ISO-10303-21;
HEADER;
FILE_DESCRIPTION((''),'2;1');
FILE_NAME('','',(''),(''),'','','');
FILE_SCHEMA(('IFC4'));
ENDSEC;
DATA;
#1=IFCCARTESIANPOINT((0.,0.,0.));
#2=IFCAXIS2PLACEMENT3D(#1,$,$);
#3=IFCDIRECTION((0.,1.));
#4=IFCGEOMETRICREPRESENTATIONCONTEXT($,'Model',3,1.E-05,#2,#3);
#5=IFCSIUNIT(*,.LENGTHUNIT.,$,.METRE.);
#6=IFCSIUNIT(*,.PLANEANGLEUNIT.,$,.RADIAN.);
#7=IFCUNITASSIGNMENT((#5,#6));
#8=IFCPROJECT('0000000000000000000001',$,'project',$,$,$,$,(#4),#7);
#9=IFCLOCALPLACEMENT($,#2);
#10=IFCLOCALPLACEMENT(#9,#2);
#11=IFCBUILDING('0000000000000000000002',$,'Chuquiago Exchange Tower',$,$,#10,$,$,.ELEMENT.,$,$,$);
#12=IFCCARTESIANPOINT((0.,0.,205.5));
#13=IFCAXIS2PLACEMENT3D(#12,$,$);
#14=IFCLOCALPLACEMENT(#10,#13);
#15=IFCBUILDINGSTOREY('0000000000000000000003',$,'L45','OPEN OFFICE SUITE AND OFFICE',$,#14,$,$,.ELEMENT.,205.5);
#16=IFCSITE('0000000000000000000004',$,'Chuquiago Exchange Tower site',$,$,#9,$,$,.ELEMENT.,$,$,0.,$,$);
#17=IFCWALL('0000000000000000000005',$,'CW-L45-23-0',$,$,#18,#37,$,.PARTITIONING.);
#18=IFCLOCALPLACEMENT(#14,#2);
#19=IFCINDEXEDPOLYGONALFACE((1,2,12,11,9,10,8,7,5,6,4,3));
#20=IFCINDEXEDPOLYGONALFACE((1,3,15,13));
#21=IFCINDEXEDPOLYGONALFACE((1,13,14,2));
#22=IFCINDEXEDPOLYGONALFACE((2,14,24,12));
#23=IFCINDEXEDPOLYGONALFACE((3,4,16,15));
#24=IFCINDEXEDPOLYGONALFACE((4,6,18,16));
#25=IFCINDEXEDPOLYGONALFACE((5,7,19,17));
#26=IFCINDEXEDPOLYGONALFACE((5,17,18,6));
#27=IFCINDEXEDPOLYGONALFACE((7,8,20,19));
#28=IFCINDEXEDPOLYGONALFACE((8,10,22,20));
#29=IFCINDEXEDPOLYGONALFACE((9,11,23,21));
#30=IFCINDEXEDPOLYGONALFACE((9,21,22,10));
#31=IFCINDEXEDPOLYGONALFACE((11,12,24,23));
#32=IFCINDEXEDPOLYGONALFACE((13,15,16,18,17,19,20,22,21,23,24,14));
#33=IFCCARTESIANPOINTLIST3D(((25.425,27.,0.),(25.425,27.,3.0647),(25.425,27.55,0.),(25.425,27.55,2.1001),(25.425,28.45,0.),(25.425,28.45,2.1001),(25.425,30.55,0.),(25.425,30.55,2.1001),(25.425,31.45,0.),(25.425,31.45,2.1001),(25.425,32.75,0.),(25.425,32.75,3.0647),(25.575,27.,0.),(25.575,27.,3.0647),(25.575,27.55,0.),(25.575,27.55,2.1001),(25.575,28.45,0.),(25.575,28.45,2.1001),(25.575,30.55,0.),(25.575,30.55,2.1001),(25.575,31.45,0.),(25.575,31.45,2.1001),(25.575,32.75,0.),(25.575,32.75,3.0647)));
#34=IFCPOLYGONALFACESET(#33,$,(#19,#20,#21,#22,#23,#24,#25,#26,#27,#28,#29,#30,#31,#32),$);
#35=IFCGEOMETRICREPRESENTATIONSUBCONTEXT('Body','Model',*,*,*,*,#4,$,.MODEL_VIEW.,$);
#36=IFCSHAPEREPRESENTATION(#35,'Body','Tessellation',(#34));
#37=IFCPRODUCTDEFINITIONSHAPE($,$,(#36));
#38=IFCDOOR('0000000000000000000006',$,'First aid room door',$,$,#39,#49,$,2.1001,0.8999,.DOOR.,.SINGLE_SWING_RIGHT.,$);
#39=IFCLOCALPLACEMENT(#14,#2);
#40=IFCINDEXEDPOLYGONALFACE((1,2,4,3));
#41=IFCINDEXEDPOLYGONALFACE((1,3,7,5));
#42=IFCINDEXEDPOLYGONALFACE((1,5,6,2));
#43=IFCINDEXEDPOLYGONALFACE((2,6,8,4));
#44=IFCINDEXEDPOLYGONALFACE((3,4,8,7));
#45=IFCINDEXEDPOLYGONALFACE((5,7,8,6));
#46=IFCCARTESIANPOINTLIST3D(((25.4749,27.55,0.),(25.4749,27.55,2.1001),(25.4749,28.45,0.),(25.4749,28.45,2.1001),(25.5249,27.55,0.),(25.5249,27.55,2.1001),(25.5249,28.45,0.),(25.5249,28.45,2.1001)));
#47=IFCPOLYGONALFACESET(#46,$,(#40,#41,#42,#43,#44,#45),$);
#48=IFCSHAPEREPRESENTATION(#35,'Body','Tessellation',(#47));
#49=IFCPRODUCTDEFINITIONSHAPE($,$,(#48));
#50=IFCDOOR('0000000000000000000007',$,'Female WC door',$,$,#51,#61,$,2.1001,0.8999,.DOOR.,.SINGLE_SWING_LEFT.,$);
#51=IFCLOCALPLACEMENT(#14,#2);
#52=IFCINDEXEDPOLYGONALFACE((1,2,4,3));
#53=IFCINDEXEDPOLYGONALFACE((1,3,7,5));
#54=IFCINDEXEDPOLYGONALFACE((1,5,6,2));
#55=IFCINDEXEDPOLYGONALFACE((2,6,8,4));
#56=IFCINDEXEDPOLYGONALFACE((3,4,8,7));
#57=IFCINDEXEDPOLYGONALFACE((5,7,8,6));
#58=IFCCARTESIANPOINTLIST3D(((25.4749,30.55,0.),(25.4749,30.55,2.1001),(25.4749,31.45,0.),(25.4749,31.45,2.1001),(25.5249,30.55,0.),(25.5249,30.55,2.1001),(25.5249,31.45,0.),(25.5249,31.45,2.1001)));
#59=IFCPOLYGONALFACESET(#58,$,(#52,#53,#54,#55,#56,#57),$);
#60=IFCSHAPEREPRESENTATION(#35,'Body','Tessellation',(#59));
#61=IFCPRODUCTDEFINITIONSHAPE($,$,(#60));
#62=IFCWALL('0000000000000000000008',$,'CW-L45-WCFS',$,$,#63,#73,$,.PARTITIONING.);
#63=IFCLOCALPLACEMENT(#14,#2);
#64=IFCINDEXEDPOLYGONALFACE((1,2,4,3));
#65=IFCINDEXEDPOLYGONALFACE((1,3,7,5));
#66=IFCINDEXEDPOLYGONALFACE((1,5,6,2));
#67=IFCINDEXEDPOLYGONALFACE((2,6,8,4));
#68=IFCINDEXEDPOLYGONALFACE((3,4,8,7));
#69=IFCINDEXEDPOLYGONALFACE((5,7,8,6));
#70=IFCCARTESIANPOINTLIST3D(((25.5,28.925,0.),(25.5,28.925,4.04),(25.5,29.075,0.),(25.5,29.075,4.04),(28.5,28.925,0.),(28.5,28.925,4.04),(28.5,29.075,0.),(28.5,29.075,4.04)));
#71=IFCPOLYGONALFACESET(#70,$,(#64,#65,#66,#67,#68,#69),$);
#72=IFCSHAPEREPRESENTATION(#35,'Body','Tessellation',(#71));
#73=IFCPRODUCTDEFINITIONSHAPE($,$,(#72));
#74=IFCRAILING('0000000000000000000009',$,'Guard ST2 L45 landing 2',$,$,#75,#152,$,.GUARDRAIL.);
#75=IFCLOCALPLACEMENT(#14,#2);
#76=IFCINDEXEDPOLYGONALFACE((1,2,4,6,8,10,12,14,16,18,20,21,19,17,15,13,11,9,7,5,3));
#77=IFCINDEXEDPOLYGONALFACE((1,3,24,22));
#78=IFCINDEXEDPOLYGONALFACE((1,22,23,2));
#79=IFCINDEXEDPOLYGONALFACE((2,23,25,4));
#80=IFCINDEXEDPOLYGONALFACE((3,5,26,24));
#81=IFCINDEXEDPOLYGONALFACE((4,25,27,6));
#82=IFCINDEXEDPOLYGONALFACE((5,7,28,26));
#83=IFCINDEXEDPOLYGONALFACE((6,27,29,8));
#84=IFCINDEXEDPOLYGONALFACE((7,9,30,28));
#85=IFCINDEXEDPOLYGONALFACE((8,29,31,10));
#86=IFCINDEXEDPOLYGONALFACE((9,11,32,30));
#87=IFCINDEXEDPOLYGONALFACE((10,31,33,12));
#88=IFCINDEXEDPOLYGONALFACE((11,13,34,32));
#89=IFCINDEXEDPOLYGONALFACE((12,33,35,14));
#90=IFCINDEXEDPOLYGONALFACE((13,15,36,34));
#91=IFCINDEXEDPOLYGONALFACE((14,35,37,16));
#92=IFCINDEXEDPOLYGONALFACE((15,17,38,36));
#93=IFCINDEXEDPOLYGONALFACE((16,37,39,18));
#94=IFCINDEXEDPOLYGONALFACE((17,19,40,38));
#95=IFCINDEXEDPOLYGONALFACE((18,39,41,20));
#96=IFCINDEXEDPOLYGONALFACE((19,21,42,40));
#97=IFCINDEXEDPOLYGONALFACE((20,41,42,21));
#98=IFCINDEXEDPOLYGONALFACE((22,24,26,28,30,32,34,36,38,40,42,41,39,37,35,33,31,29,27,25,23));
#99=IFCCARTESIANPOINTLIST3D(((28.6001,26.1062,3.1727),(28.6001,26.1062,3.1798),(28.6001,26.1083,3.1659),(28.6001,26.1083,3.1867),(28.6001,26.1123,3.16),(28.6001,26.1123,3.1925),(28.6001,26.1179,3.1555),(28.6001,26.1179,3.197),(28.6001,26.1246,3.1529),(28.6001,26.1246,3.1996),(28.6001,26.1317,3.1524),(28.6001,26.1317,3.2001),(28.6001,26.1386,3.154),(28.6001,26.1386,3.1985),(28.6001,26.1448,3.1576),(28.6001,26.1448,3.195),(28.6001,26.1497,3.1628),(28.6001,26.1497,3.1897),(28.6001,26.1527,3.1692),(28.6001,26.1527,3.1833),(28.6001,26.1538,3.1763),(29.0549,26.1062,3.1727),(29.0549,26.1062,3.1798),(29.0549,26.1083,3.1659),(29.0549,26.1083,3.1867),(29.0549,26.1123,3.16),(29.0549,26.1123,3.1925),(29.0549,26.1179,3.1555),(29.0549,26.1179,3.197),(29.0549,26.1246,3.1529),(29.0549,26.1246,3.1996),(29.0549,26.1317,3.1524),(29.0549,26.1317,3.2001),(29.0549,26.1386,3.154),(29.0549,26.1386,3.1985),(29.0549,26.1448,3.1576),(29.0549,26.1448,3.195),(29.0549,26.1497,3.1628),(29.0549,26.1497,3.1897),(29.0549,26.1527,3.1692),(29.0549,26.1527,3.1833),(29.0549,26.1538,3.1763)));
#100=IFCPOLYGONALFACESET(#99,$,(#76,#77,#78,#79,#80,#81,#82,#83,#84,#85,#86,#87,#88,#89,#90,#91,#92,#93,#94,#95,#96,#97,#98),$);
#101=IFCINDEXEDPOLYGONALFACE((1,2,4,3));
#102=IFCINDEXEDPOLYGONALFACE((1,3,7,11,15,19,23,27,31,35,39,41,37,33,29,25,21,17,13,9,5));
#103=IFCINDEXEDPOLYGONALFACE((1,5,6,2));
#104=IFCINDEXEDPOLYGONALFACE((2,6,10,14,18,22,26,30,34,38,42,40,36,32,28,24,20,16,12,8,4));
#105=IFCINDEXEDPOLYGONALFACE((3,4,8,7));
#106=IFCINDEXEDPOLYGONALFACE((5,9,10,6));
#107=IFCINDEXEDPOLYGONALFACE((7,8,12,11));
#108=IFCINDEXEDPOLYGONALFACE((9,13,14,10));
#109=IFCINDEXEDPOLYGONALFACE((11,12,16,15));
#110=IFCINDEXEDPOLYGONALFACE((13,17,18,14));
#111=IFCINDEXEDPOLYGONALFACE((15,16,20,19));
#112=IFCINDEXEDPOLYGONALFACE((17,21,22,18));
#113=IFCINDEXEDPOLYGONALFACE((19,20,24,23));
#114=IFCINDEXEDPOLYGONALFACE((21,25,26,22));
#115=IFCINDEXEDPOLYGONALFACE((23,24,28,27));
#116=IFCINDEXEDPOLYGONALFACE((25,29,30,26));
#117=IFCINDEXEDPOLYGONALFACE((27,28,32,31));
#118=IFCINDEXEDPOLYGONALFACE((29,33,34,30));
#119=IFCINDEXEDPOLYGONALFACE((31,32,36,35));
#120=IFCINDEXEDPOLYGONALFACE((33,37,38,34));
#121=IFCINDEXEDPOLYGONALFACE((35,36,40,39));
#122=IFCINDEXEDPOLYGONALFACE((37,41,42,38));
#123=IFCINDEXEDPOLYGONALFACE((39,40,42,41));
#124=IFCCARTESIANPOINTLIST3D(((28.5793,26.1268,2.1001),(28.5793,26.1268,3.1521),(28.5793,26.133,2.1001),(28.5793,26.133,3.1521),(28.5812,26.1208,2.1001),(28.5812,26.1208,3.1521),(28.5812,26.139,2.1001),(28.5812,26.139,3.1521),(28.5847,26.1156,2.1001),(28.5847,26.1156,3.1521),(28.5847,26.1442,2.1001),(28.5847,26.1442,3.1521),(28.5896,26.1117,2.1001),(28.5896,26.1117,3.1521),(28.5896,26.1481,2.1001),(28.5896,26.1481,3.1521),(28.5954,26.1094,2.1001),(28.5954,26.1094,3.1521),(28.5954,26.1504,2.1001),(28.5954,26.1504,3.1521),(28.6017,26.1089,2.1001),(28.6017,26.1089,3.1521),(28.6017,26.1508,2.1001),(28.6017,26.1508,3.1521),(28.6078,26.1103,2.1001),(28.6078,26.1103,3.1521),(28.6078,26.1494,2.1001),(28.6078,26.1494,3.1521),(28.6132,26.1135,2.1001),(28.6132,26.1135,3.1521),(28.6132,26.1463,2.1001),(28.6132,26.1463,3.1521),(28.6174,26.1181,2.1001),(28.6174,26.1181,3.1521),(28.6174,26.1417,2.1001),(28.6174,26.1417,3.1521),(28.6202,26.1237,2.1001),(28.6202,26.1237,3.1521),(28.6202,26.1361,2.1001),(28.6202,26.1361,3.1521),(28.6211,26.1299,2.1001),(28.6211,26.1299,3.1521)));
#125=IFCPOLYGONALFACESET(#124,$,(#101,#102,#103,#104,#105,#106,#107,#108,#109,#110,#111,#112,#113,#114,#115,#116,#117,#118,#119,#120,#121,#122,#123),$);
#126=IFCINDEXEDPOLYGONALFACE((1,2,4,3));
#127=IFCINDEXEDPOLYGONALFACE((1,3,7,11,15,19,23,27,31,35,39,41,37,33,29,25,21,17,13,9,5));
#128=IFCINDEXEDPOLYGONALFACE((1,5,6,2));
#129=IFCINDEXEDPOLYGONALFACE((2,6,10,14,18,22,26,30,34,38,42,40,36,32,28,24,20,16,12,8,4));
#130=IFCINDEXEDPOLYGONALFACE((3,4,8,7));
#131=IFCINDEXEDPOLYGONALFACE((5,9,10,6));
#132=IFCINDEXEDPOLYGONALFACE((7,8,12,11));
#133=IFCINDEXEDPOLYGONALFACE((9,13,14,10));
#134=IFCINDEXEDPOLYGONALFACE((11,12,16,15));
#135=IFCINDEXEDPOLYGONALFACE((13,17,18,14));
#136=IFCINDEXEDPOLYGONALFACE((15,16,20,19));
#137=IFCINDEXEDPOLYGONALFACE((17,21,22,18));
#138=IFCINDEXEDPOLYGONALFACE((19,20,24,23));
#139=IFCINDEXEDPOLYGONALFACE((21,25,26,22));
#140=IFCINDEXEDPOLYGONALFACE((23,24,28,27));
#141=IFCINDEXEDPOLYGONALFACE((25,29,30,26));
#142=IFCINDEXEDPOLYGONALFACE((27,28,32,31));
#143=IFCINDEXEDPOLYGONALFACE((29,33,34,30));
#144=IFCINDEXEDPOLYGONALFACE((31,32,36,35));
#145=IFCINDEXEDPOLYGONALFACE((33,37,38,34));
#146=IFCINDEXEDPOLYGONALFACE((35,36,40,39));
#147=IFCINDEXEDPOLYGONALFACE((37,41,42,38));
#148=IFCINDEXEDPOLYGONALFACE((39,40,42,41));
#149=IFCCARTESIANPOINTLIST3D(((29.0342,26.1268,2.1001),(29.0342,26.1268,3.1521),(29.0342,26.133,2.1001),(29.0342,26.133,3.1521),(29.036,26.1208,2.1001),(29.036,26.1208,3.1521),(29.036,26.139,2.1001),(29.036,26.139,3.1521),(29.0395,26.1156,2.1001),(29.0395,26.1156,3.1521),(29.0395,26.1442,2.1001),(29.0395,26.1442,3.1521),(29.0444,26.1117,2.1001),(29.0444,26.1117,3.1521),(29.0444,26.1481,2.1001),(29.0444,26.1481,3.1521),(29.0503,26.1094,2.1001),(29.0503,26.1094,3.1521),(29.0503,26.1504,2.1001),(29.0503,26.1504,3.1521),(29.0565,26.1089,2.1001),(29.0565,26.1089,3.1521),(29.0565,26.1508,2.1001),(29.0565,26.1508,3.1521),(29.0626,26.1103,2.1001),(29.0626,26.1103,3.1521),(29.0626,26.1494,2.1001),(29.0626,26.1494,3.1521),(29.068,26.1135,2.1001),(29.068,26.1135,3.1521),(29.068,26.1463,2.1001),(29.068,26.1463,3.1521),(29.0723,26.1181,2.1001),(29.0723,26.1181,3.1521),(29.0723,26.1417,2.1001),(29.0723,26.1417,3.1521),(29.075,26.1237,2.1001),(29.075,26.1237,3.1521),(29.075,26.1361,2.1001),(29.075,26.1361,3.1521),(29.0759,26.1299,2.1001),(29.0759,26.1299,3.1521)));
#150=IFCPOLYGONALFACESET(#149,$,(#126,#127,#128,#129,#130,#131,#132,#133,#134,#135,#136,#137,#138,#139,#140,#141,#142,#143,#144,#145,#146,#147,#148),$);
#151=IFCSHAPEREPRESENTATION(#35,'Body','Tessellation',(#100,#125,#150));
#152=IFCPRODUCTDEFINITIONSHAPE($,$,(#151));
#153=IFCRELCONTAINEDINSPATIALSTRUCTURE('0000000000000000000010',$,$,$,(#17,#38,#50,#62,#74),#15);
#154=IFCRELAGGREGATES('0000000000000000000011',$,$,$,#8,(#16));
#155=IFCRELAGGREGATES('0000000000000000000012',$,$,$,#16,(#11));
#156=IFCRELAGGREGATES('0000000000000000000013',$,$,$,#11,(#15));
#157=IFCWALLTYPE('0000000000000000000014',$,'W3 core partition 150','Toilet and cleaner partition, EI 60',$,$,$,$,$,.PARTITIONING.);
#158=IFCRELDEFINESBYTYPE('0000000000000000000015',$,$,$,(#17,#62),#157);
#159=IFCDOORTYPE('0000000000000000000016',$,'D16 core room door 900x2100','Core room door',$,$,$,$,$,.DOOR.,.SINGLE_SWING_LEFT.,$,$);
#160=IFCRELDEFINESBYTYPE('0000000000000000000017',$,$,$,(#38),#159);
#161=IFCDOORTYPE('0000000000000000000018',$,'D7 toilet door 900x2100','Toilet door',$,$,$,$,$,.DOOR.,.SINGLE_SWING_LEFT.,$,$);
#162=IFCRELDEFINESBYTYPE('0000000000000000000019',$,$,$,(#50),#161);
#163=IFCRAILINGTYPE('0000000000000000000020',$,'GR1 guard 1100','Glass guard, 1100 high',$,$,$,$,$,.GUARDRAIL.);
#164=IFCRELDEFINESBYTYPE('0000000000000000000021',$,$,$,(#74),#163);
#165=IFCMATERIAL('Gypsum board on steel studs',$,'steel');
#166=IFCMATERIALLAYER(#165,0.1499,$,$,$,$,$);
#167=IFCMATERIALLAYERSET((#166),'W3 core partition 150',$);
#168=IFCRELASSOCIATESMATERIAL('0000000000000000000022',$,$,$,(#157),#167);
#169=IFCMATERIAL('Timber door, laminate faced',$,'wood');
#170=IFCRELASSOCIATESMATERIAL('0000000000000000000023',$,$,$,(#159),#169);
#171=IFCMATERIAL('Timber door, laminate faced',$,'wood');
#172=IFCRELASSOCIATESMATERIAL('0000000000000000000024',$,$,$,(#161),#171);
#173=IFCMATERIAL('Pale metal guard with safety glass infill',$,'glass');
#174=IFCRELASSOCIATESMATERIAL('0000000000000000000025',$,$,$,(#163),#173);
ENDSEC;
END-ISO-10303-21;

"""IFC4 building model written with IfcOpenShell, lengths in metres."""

from ifc_helpers import new_model, si_unit, direction, frame, frame_2d, origin, origin_2d, place, context, subcontext, project, spatial, rectangle, circle, extrude, material, layer, layer_set, type_object, element, fill, save


model = new_model("IFC4")

# Units and contexts
model_context = context("Model", 3, precision=1e-05, world=origin(), true_north=direction((0.0, 1.0)))
body_context = subcontext(model_context, "Body", "Model", "MODEL_VIEW")
ifc_project = project(units=[si_unit("LENGTHUNIT", "METRE"), si_unit("PLANEANGLEUNIT", "RADIAN")], contexts=[model_context])

# Site, building, storey
site_placement = place(None, origin())
site = spatial("IfcSite", under=ifc_project, at=site_placement, Name="Chuquiago Exchange Tower site", CompositionType="ELEMENT", RefElevation=0.0)
building_placement = place(site_placement, origin())
building = spatial("IfcBuilding", under=site, at=building_placement, Name="Chuquiago Exchange Tower", CompositionType="ELEMENT")
storey_placement = place(building_placement, frame((0.0, 0.0, 205.5)))
storey = spatial("IfcBuildingStorey", under=building, at=storey_placement, Name="L45", Description="OPEN OFFICE SUITE AND OFFICE", CompositionType="ELEMENT", Elevation=205.5)

# Wall, openings, doors
ifc_material_1 = material(Name="Gypsum board on steel studs", Category="steel")
ifc_layer_1 = layer(ifc_material_1, 0.1499)
ifc_layer_set_1 = layer_set([ifc_layer_1], Name="W3 core partition 150")
wall_type_1 = type_object("IfcWallType", Name="W3 core partition 150", Description="Toilet and cleaner partition, EI 60", PredefinedType="PARTITIONING", material=ifc_layer_set_1)
ifc_material_2 = material(Name="Timber door, laminate faced", Category="wood")
door_type_1 = type_object("IfcDoorType", Name="D16 core room door 900x2100", Description="Core room door", OperationType="SINGLE_SWING_LEFT", PredefinedType="DOOR", material=ifc_material_2)
ifc_material_3 = material(Name="Timber door, laminate faced", Category="wood")
door_type_2 = type_object("IfcDoorType", Name="D7 toilet door 900x2100", Description="Toilet door", OperationType="SINGLE_SWING_LEFT", PredefinedType="DOOR", material=ifc_material_3)
wall_1_placement = place(storey_placement, frame((25.5, 27.0, 0.0), z_axis=(0.0, 0.0, 1.0), x_axis=(0.0, 1.0, 0.0)))
wall_1 = element("IfcWall", 1, at=wall_1_placement, inside=storey, type_object=wall_type_1, Name="CW-L45-23-0", PredefinedType="PARTITIONING", context=body_context, shape_type="SweptSolid", body=[
    extrude(rectangle(XDim=5.75, YDim=0.1499, at=frame_2d((2.875, 0.0))), origin(), (0.0, 0.0, 1.0), 3.0647),
])
opening_1_placement = place(wall_1_placement, frame((0.55, 0.0, 0.0)))
opening_1 = element("IfcOpeningElement", 2, at=opening_1_placement, cuts=wall_1, PredefinedType="OPENING", context=body_context, shape_type="SweptSolid", body=[
    extrude(rectangle(XDim=0.8999, YDim=2.1001, at=frame_2d((0.45, 1.05))), frame((0.0, 0.085, 0.0), z_axis=(0.0, -1.0, 0.0), x_axis=(1.0, 0.0, 0.0)), (0.0, 0.0, 1.0), 0.1699),
])
opening_2_placement = place(wall_1_placement, frame((3.55, 0.0, 0.0)))
opening_2 = element("IfcOpeningElement", 3, at=opening_2_placement, cuts=wall_1, PredefinedType="OPENING", context=body_context, shape_type="SweptSolid", body=[
    extrude(rectangle(XDim=0.8999, YDim=2.1001, at=frame_2d((0.45, 1.05))), frame((0.0, 0.085, 0.0), z_axis=(0.0, -1.0, 0.0), x_axis=(1.0, 0.0, 0.0)), (0.0, 0.0, 1.0), 0.1699),
])
door_1_placement = place(opening_1_placement, frame((0.8999, 0.0, 0.0), z_axis=(0.0, 0.0, 1.0), x_axis=(-1.0, 0.0, 0.0)))
door_1 = element("IfcDoor", 4, at=door_1_placement, inside=storey, type_object=door_type_1, Name="First aid room door", OperationType="SINGLE_SWING_RIGHT", OverallHeight=2.1001, OverallWidth=0.8999, PredefinedType="DOOR", context=body_context, shape_type="SweptSolid", body=[
    extrude(rectangle(XDim=0.8999, YDim=2.1001, at=frame_2d((0.45, 1.05))), frame((0.0, 0.0249, 0.0), z_axis=(0.0, -1.0, 0.0), x_axis=(1.0, 0.0, 0.0)), (0.0, 0.0, 1.0), 0.05),
])
fill(opening_1, door_1)
door_2_placement = place(opening_2_placement, frame((0.8999, 0.0, 0.0), z_axis=(0.0, 0.0, 1.0), x_axis=(-1.0, 0.0, 0.0)))
door_2 = element("IfcDoor", 5, at=door_2_placement, inside=storey, type_object=door_type_2, Name="Female WC door", OperationType="SINGLE_SWING_LEFT", OverallHeight=2.1001, OverallWidth=0.8999, PredefinedType="DOOR", context=body_context, shape_type="SweptSolid", body=[
    extrude(rectangle(XDim=0.8999, YDim=2.1001, at=frame_2d((0.45, 1.05))), frame((0.0, 0.0249, 0.0), z_axis=(0.0, -1.0, 0.0), x_axis=(1.0, 0.0, 0.0)), (0.0, 0.0, 1.0), 0.05),
])
fill(opening_2, door_2)

# Wall
wall_2_placement = place(storey_placement, frame((25.5, 29.0, 0.0), z_axis=(0.0, 0.0, 1.0), x_axis=(1.0, 0.0, 0.0)))
element("IfcWall", 6, at=wall_2_placement, inside=storey, type_object=wall_type_1, Name="CW-L45-WCFS", PredefinedType="PARTITIONING", context=body_context, shape_type="SweptSolid", body=[
    extrude(rectangle(XDim=3.0, YDim=0.1499, at=frame_2d((1.5, 0.0))), origin(), (0.0, 0.0, 1.0), 4.04),
])

# Railing
ifc_material_4 = material(Name="Pale metal guard with safety glass infill", Category="glass")
railing_type_1 = type_object("IfcRailingType", Name="GR1 guard 1100", Description="Glass guard, 1100 high", PredefinedType="GUARDRAIL", material=ifc_material_4)
railing_1_placement = place(storey_placement, frame((28.6001, 26.1299, 2.1001)))
element("IfcRailing", 7, at=railing_1_placement, inside=storey, type_object=railing_type_1, Name="Guard ST2 L45 landing 2", PredefinedType="GUARDRAIL", context=body_context, shape_type="SweptSolid", body=[
    extrude(circle(Radius=0.0239, at=origin_2d()), frame((0.0, 0.0, 1.0762), z_axis=(1.0, 0.0, 0.0), x_axis=(0.0, 1.0, 0.0)), (0.0, 0.0, 1.0), 0.4548),
    extrude(circle(Radius=0.021, at=origin_2d()), origin(), (0.0, 0.0, 1.0), 1.052),
    extrude(circle(Radius=0.021, at=origin_2d()), frame((0.4548, 0.0, 0.0)), (0.0, 0.0, 1.0), 1.052),
])

save(model, "model.ifc")
